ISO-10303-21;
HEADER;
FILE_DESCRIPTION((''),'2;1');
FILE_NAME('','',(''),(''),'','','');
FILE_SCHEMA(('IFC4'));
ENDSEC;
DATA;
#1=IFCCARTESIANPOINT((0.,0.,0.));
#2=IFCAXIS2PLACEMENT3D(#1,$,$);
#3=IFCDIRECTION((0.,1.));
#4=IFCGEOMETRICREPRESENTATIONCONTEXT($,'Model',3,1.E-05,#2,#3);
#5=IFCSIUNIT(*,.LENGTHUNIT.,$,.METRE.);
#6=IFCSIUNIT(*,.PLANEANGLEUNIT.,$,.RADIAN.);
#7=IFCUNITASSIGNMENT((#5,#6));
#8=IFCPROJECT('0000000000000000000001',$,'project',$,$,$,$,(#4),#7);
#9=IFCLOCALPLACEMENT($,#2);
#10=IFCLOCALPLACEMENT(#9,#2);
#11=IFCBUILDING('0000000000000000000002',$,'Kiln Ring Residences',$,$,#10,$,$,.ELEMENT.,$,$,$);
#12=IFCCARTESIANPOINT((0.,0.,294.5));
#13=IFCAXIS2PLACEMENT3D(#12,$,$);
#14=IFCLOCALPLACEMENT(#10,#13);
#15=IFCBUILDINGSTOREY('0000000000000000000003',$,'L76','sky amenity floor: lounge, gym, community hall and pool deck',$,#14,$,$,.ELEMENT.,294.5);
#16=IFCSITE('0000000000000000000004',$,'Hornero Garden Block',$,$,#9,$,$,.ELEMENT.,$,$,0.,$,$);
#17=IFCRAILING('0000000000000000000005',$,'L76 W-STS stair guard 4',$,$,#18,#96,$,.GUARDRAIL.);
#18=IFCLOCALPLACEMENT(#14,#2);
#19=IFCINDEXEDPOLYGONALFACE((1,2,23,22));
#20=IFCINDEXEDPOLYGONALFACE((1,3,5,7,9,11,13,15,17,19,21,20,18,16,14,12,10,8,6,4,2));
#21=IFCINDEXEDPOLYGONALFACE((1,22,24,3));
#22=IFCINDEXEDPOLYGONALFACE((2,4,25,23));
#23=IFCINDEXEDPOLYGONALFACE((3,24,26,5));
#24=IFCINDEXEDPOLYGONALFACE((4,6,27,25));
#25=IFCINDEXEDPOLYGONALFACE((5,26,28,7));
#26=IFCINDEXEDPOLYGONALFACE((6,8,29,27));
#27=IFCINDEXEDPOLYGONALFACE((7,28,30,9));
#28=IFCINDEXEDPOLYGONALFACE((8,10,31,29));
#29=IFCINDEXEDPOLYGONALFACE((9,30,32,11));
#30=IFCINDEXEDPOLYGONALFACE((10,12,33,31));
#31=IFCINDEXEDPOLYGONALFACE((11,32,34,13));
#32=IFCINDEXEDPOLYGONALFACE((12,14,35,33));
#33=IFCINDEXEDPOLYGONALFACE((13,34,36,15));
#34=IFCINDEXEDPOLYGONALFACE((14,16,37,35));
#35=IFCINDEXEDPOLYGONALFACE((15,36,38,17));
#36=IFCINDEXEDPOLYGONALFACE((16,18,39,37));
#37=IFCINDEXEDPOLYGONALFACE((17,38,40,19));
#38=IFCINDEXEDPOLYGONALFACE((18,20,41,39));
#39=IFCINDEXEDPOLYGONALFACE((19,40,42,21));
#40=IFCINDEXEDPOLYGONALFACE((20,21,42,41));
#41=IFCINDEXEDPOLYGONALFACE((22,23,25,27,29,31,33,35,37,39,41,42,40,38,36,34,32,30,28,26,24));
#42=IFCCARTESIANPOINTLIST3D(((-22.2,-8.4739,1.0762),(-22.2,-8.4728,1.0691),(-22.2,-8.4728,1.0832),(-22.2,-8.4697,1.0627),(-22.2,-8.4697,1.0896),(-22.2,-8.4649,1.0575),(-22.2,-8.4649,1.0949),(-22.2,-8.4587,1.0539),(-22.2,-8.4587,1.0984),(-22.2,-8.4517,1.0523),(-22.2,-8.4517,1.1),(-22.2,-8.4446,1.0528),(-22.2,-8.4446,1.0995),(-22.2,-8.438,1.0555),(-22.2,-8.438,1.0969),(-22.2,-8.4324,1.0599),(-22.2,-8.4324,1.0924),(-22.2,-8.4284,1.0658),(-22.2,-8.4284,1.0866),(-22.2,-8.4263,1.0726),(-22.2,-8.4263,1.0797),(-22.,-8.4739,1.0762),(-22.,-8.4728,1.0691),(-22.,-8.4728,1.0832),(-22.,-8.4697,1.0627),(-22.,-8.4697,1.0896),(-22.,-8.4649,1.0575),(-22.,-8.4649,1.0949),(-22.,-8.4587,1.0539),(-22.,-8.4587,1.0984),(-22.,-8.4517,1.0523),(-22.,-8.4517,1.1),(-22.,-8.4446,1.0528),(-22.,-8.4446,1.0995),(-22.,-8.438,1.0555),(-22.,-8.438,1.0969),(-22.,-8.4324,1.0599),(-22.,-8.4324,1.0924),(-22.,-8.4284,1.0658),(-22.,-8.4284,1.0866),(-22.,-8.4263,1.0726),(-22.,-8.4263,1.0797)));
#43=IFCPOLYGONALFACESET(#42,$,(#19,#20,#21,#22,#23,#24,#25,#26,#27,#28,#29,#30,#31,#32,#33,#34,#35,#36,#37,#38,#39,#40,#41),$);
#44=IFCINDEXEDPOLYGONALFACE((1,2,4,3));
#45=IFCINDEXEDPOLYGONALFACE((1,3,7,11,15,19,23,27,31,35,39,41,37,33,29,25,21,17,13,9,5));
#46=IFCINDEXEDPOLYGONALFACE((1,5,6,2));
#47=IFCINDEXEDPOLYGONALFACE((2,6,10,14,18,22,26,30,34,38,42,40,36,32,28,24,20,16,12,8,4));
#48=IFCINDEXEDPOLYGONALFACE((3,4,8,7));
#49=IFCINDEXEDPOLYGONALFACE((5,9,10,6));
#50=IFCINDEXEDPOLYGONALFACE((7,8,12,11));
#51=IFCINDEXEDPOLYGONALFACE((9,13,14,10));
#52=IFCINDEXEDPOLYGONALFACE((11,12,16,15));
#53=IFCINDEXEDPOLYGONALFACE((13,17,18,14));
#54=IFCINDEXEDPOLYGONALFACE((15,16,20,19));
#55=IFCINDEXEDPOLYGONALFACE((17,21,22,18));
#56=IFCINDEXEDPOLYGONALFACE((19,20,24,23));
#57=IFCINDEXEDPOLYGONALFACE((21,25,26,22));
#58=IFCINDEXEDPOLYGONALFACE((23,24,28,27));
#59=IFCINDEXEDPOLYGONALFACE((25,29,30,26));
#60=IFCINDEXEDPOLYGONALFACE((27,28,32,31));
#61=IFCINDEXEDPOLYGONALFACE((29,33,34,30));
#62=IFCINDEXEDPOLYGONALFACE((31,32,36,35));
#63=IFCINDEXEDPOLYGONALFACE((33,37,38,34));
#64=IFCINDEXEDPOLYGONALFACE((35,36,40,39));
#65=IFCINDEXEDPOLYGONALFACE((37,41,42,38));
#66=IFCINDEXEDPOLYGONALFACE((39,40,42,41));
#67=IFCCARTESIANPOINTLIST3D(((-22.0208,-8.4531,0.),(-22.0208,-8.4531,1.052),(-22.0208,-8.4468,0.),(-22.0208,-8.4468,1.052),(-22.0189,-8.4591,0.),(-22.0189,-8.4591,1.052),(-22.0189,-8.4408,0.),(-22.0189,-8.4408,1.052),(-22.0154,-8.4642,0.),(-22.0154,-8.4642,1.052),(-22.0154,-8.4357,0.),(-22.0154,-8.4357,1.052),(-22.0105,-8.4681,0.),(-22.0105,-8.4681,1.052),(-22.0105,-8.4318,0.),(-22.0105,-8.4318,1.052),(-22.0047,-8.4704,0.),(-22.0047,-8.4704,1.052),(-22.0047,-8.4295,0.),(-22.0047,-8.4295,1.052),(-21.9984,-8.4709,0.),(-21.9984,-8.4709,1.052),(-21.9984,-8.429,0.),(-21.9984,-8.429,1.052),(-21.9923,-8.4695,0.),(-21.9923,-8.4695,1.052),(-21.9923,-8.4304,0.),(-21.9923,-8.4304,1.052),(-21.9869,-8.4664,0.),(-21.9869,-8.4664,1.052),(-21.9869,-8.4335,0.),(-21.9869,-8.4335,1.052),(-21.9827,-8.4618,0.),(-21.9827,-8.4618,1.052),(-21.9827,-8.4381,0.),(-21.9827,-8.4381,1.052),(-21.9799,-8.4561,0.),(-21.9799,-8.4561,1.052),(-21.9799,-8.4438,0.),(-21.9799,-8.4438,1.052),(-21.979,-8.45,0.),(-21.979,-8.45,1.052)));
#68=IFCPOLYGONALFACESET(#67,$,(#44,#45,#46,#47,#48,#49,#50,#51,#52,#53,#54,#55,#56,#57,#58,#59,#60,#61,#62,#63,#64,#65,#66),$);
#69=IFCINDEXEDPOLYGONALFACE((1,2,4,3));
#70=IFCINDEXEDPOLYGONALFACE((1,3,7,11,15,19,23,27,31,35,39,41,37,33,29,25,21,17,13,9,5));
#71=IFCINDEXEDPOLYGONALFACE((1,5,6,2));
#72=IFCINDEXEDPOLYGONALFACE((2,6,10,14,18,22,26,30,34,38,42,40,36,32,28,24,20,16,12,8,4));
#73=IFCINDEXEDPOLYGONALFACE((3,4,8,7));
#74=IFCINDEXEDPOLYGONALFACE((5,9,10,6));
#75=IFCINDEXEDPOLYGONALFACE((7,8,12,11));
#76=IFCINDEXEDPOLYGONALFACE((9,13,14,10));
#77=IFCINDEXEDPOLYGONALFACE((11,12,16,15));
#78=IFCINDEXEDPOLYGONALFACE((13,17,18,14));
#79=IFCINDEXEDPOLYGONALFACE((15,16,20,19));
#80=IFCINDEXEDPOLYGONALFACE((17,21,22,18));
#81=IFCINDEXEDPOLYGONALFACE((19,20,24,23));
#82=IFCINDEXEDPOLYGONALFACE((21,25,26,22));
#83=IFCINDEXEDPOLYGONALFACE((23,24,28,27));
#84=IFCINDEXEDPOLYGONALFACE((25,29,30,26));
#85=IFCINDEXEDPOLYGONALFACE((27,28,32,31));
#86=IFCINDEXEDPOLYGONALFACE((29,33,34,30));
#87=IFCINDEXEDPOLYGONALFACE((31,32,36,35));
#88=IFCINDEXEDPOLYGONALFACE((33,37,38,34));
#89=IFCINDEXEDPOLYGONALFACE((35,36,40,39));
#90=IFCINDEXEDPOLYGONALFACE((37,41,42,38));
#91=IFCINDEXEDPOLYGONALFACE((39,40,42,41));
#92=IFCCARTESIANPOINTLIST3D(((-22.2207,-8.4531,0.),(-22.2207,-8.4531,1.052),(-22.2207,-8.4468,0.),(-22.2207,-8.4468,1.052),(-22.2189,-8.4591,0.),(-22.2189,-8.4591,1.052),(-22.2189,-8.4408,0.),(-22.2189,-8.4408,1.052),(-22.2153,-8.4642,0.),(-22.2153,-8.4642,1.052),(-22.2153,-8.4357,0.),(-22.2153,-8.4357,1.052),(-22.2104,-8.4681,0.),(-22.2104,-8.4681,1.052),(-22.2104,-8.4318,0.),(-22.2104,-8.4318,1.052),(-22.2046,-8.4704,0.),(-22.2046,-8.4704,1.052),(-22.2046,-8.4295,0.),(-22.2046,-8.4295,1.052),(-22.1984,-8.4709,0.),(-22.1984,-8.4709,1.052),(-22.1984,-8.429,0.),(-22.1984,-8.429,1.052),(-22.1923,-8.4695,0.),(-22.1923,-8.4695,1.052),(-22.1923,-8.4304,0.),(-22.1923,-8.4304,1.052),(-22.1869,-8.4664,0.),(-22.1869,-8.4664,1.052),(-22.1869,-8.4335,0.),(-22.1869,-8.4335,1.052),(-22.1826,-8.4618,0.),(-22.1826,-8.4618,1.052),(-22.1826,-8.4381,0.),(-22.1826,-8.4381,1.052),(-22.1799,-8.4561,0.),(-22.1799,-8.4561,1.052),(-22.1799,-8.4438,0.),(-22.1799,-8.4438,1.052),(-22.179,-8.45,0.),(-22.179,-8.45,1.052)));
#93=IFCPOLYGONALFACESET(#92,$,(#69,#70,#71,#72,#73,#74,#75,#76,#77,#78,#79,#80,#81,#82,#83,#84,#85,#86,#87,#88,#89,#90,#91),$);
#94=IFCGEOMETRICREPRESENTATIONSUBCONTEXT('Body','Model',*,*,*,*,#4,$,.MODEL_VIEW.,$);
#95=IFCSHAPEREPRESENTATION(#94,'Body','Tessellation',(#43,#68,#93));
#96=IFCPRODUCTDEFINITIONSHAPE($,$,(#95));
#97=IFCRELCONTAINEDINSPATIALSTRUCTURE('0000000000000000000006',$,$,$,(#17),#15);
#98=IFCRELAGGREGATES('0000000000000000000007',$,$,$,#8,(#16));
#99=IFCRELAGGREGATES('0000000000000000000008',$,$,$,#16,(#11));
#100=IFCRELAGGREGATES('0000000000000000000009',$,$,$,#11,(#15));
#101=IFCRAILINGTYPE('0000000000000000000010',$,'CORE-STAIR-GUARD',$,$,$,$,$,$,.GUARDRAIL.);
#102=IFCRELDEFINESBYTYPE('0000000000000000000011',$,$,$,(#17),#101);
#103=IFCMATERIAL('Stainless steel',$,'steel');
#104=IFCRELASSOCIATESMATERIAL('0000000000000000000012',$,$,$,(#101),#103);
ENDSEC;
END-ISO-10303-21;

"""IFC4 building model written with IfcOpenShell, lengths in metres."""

from ifc_helpers import new_model, si_unit, direction, frame, origin, origin_2d, place, context, subcontext, project, spatial, circle, extrude, material, type_object, element, save


model = new_model("IFC4")

# Units and contexts
model_context = context("Model", 3, precision=1e-05, world=origin(), true_north=direction((0.0, 1.0)))
body_context = subcontext(model_context, "Body", "Model", "MODEL_VIEW")
ifc_project = project(units=[si_unit("LENGTHUNIT", "METRE"), si_unit("PLANEANGLEUNIT", "RADIAN")], contexts=[model_context])

# Site, building, storey
site_placement = place(None, origin())
site = spatial("IfcSite", under=ifc_project, at=site_placement, Name="Hornero Garden Block", CompositionType="ELEMENT", RefElevation=0.0)
building_placement = place(site_placement, origin())
building = spatial("IfcBuilding", under=site, at=building_placement, Name="Kiln Ring Residences", CompositionType="ELEMENT")
storey_placement = place(building_placement, frame((0.0, 0.0, 294.5)))
storey = spatial("IfcBuildingStorey", under=building, at=storey_placement, Name="L76", Description="sky amenity floor: lounge, gym, community hall and pool deck", CompositionType="ELEMENT", Elevation=294.5)

# Railing
ifc_material_1 = material(Name="Stainless steel", Category="steel")
railing_type_1 = type_object("IfcRailingType", Name="CORE-STAIR-GUARD", PredefinedType="GUARDRAIL", material=ifc_material_1)
railing_1_placement = place(storey_placement, frame((-22.0, -8.45, 0.0)))
element("IfcRailing", 1, at=railing_1_placement, inside=storey, type_object=railing_type_1, Name="L76 W-STS stair guard 4", PredefinedType="GUARDRAIL", context=body_context, shape_type="SweptSolid", body=[
    extrude(circle(Radius=0.0239, at=origin_2d()), frame((0.0, 0.0, 1.0762), z_axis=(-1.0, 0.0, 0.0), x_axis=(0.0, -1.0, 0.0)), (0.0, 0.0, 1.0), 0.2),
    extrude(circle(Radius=0.021, at=origin_2d()), origin(), (0.0, 0.0, 1.0), 1.052),
    extrude(circle(Radius=0.021, at=origin_2d()), frame((-0.2, 0.0, 0.0)), (0.0, 0.0, 1.0), 1.052),
])

save(model, "model.ifc")
